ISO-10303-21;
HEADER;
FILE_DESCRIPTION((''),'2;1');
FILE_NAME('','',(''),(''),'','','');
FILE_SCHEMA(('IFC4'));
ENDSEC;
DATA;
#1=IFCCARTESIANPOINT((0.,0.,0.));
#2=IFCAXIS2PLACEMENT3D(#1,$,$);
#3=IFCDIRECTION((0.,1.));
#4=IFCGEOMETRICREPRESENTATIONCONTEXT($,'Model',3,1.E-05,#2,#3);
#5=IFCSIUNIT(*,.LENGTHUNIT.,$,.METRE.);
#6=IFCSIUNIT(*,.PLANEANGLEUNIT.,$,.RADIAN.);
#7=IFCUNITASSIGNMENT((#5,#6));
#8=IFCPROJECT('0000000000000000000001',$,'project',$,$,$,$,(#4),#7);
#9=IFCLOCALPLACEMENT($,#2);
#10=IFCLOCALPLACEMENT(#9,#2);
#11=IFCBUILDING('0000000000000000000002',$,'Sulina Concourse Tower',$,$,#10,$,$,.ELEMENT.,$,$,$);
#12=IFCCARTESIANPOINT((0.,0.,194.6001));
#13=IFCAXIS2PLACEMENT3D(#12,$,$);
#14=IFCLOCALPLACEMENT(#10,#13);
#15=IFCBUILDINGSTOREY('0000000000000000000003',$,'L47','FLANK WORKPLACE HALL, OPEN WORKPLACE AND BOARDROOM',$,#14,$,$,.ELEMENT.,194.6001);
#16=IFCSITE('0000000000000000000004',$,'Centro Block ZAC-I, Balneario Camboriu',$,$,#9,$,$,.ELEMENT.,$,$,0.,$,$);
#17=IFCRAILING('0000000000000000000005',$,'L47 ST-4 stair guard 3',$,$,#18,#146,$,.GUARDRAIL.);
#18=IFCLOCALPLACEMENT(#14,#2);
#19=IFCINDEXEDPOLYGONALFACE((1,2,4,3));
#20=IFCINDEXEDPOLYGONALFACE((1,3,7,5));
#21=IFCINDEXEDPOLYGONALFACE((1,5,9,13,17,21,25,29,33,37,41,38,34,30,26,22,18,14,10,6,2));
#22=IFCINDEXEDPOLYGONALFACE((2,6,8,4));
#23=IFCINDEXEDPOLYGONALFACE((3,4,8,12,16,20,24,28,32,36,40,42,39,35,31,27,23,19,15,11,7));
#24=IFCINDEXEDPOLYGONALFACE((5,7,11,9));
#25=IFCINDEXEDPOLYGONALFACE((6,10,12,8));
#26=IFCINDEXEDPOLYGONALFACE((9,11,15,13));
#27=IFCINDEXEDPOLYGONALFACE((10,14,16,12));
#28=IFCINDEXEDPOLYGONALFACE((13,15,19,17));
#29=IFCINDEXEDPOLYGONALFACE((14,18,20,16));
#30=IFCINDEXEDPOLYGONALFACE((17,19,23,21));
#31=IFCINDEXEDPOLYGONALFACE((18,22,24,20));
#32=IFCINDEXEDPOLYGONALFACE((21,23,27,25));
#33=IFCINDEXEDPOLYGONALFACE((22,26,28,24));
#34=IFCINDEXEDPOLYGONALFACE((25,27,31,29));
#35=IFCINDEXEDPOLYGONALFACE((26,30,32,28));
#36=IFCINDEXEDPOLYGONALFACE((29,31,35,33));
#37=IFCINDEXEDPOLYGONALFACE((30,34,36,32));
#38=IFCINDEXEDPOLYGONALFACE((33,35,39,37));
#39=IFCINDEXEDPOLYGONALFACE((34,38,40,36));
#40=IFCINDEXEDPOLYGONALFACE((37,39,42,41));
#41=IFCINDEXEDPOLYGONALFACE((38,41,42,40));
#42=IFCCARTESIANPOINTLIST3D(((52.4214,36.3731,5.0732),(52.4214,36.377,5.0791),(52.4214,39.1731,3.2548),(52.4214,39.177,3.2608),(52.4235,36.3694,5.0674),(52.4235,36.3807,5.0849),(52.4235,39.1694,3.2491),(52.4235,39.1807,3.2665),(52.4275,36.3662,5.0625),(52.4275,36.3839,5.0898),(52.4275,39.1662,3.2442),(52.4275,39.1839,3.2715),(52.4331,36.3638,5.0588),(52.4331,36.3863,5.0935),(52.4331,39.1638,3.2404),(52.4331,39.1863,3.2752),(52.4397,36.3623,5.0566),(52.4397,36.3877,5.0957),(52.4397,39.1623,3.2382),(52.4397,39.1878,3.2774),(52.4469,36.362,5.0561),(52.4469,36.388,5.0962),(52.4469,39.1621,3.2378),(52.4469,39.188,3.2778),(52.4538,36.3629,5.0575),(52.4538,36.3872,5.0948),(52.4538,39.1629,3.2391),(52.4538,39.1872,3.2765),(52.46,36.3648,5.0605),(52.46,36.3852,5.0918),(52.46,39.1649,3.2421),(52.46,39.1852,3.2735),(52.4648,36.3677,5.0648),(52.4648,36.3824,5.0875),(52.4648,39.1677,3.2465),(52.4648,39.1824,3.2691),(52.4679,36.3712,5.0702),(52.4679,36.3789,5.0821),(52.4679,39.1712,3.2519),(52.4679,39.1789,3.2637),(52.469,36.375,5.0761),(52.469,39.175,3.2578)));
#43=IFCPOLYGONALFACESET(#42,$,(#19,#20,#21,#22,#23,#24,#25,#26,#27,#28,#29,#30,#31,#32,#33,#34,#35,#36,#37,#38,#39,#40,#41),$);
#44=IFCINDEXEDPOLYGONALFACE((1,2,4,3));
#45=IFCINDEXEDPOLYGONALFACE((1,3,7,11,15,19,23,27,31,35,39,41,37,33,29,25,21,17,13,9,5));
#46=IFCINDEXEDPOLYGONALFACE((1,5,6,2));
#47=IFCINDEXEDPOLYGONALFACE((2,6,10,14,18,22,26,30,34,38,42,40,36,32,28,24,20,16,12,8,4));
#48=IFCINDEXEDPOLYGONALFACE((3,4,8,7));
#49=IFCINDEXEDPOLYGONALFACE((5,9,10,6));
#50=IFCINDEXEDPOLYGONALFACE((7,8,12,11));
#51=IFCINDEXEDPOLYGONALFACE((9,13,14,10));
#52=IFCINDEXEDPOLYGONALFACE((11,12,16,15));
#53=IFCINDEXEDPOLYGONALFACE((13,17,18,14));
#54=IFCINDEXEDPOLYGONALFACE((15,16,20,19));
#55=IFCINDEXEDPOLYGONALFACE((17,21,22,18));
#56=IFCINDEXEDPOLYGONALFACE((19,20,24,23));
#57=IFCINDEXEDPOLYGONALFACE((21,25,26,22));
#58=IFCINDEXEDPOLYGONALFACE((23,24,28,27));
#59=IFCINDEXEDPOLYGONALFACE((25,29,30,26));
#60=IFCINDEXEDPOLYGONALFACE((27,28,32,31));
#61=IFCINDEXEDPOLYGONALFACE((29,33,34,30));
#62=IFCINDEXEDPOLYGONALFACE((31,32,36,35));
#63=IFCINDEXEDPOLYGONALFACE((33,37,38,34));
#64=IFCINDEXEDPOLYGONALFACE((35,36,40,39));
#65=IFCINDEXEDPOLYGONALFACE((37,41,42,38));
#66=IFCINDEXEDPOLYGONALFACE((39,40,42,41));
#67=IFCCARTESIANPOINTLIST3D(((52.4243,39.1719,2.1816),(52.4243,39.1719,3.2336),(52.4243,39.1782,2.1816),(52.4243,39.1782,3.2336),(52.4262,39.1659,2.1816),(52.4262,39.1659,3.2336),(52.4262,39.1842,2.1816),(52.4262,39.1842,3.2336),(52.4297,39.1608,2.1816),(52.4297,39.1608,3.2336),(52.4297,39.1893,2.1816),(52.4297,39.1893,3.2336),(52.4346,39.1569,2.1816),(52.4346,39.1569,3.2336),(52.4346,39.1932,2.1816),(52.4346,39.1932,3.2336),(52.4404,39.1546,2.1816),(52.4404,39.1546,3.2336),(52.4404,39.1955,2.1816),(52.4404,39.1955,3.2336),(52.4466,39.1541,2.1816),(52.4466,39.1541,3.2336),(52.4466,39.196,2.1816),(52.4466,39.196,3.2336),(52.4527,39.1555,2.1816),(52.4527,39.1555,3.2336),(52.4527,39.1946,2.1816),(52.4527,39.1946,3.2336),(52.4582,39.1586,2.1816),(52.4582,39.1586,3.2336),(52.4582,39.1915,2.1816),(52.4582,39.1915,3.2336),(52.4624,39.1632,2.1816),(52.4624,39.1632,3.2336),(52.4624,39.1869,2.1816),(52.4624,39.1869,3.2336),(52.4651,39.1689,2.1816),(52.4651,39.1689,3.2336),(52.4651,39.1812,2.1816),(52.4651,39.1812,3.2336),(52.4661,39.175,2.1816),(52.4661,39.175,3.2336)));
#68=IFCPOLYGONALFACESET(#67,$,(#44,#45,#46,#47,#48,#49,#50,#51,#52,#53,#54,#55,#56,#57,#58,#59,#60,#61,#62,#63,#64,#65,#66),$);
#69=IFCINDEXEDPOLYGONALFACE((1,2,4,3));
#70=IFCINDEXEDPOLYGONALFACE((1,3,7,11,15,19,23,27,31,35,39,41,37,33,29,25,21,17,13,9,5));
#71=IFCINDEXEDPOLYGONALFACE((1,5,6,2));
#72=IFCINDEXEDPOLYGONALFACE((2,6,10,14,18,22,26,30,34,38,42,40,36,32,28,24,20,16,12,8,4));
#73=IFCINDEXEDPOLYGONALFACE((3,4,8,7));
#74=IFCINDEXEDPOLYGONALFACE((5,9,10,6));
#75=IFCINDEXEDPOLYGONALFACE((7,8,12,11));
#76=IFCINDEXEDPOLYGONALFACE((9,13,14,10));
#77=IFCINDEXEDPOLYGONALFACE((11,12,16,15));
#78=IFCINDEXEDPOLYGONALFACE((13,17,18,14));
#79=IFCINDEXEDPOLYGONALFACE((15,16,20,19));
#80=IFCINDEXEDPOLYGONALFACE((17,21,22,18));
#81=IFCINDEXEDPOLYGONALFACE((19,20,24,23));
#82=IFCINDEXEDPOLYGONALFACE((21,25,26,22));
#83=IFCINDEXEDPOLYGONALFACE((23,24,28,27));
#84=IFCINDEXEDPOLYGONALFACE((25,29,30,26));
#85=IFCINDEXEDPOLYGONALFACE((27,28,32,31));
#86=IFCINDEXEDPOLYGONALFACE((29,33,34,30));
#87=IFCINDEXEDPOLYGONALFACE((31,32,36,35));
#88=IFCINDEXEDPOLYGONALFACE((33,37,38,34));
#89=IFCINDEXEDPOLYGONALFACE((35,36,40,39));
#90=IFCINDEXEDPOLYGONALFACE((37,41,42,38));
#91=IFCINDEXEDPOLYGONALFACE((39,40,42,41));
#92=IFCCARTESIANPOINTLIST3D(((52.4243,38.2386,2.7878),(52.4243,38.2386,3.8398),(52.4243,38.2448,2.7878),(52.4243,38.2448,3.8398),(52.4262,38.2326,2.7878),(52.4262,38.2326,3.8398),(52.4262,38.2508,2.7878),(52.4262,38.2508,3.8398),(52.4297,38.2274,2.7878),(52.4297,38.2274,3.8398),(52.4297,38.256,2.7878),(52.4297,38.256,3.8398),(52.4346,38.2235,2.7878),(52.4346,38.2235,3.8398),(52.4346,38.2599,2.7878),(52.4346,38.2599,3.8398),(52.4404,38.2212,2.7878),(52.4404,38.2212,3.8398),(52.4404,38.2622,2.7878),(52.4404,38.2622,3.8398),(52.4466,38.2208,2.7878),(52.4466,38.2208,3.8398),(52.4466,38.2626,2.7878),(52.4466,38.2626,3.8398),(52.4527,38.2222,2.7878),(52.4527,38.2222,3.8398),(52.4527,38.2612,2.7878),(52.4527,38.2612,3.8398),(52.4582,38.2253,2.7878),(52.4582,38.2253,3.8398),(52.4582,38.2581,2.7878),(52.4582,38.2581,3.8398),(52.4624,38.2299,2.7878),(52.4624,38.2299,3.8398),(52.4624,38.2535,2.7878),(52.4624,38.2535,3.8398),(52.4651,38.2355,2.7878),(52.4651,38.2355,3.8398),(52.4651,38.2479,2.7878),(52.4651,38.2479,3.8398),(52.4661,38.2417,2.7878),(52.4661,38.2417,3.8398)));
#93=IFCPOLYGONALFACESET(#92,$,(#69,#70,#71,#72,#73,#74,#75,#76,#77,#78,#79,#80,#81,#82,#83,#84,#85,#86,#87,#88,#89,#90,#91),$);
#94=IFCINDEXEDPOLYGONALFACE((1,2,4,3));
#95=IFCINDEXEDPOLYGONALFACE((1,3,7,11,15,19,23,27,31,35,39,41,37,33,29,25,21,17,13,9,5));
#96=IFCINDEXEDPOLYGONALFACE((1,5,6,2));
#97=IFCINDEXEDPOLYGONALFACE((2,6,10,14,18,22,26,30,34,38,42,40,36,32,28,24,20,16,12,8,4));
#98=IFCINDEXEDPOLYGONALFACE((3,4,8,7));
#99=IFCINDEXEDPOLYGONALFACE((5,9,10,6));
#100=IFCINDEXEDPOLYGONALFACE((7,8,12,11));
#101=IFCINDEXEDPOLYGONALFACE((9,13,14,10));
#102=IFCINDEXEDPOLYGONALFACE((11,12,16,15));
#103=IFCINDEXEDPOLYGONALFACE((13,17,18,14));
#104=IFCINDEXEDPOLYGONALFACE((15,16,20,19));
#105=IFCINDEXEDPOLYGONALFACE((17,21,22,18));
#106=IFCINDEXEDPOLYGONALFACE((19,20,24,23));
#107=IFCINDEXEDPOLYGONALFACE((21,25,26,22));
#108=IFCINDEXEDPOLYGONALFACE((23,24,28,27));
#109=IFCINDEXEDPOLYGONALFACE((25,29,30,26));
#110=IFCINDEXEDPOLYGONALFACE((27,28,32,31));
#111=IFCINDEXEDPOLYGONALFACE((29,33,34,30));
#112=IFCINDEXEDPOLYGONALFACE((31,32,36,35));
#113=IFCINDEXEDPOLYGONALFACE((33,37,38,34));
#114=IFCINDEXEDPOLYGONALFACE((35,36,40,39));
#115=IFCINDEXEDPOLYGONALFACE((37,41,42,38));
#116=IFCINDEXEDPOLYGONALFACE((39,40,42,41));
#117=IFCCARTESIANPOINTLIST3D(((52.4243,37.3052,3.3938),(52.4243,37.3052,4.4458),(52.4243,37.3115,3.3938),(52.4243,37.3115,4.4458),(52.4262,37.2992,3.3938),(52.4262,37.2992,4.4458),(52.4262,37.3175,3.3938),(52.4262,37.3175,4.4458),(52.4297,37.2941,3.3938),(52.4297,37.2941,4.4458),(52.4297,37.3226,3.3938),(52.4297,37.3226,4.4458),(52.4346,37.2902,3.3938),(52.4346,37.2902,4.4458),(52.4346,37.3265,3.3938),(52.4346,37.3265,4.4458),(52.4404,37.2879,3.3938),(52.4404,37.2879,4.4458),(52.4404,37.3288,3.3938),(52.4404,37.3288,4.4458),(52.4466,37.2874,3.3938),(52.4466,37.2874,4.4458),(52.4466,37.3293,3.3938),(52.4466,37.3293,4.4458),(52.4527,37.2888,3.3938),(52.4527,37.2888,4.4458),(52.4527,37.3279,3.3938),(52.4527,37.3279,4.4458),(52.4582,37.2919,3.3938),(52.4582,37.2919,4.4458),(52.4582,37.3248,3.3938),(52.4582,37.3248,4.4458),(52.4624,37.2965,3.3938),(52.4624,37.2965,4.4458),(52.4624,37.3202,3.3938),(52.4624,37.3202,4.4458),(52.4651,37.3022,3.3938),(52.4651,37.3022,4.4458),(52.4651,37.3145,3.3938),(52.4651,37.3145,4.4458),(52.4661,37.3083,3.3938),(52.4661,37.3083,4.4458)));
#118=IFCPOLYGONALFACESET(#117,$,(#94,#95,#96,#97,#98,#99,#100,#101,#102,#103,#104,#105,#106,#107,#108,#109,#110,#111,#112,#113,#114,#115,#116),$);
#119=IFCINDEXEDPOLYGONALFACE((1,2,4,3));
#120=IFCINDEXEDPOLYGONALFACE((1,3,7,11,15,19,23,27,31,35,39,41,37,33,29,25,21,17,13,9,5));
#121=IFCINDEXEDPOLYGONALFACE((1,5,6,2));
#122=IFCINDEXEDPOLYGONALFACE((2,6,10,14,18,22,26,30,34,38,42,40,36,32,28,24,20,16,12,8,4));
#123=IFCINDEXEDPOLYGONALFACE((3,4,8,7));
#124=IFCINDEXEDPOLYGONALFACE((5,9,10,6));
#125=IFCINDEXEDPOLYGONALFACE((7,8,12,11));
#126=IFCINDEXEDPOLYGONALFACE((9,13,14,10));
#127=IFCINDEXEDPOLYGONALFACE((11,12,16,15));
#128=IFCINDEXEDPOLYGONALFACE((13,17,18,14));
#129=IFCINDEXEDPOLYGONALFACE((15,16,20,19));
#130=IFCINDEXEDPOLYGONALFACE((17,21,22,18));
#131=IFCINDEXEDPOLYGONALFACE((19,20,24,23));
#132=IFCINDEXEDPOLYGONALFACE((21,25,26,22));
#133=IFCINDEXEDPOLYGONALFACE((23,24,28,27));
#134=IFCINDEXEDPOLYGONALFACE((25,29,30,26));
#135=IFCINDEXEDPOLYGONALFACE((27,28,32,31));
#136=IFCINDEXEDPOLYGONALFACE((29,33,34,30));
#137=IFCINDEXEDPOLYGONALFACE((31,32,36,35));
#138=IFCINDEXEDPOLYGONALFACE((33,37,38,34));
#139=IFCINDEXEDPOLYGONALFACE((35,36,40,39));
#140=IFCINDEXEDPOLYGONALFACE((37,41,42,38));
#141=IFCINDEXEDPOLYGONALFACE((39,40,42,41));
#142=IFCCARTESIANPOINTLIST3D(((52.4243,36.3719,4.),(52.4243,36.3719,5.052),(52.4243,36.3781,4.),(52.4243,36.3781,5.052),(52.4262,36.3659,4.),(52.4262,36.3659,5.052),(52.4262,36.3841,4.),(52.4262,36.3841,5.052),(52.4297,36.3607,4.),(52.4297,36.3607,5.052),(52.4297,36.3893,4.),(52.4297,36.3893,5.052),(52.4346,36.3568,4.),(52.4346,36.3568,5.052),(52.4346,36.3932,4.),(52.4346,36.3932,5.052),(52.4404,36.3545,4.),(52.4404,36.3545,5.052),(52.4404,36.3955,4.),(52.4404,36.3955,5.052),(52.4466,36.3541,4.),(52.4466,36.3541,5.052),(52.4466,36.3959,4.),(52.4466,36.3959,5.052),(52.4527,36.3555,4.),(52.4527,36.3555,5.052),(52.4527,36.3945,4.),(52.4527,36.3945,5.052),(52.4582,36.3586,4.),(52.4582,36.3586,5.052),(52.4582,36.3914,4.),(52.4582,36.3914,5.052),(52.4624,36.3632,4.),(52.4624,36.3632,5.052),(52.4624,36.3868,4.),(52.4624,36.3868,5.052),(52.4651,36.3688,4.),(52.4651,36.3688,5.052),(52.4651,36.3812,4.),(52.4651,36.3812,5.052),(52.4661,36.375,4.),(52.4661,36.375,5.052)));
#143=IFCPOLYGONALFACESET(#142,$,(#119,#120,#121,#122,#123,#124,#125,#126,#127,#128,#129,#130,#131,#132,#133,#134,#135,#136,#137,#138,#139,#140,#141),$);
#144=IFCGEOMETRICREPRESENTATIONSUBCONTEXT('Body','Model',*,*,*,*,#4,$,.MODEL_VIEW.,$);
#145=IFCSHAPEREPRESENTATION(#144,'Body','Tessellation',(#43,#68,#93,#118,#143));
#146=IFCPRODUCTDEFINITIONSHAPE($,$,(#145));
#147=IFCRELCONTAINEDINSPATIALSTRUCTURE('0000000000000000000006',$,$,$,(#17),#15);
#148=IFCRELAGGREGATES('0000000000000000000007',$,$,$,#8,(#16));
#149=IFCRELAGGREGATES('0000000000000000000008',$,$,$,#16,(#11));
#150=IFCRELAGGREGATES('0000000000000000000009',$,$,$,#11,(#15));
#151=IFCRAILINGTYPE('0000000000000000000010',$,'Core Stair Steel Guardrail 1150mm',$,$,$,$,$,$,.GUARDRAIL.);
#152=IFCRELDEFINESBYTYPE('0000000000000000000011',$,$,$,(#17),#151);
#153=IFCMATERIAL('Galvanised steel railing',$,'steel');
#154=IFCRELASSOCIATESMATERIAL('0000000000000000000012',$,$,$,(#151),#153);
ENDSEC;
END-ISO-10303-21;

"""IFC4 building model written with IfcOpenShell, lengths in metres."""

from ifc_helpers import new_model, si_unit, direction, frame, origin, origin_2d, place, context, subcontext, project, spatial, circle, extrude, material, type_object, element, save


model = new_model("IFC4")

# Units and contexts
model_context = context("Model", 3, precision=1e-05, world=origin(), true_north=direction((0.0, 1.0)))
body_context = subcontext(model_context, "Body", "Model", "MODEL_VIEW")
ifc_project = project(units=[si_unit("LENGTHUNIT", "METRE"), si_unit("PLANEANGLEUNIT", "RADIAN")], contexts=[model_context])

# Site, building, storey
site_placement = place(None, origin())
site = spatial("IfcSite", under=ifc_project, at=site_placement, Name="Centro Block ZAC-I, Balneario Camboriu", CompositionType="ELEMENT", RefElevation=0.0)
building_placement = place(site_placement, origin())
building = spatial("IfcBuilding", under=site, at=building_placement, Name="Sulina Concourse Tower", CompositionType="ELEMENT")
storey_placement = place(building_placement, frame((0.0, 0.0, 194.6001)))
storey = spatial("IfcBuildingStorey", under=building, at=storey_placement, Name="L47", Description="FLANK WORKPLACE HALL, OPEN WORKPLACE AND BOARDROOM", CompositionType="ELEMENT", Elevation=194.6001)

# Railing
ifc_material_1 = material(Name="Galvanised steel railing", Category="steel")
railing_type_1 = type_object("IfcRailingType", Name="Core Stair Steel Guardrail 1150mm", PredefinedType="GUARDRAIL", material=ifc_material_1)
railing_1_placement = place(storey_placement, frame((52.4451, 39.175, 2.1816)))
element("IfcRailing", 1, at=railing_1_placement, inside=storey, type_object=railing_type_1, Name="L47 ST-4 stair guard 3", PredefinedType="GUARDRAIL", context=body_context, shape_type="SweptSolid", body=[
    extrude(circle(Radius=0.0239, at=origin_2d()), frame((0.0, 0.0, 1.0762), z_axis=(0.0, -0.838672, 0.544636), x_axis=(1.0, 0.0, 0.0)), (0.0, 0.0, 1.0), 3.3386),
    extrude(circle(Radius=0.021, at=origin_2d()), origin(), (0.0, 0.0, 1.0), 1.052),
    extrude(circle(Radius=0.021, at=origin_2d()), frame((0.0, -0.9333, 0.6062)), (0.0, 0.0, 1.0), 1.052),
    extrude(circle(Radius=0.021, at=origin_2d()), frame((0.0, -1.8667, 1.2122)), (0.0, 0.0, 1.0), 1.052),
    extrude(circle(Radius=0.021, at=origin_2d()), frame((0.0, -2.8, 1.8184)), (0.0, 0.0, 1.0), 1.052),
])

save(model, "model.ifc")
